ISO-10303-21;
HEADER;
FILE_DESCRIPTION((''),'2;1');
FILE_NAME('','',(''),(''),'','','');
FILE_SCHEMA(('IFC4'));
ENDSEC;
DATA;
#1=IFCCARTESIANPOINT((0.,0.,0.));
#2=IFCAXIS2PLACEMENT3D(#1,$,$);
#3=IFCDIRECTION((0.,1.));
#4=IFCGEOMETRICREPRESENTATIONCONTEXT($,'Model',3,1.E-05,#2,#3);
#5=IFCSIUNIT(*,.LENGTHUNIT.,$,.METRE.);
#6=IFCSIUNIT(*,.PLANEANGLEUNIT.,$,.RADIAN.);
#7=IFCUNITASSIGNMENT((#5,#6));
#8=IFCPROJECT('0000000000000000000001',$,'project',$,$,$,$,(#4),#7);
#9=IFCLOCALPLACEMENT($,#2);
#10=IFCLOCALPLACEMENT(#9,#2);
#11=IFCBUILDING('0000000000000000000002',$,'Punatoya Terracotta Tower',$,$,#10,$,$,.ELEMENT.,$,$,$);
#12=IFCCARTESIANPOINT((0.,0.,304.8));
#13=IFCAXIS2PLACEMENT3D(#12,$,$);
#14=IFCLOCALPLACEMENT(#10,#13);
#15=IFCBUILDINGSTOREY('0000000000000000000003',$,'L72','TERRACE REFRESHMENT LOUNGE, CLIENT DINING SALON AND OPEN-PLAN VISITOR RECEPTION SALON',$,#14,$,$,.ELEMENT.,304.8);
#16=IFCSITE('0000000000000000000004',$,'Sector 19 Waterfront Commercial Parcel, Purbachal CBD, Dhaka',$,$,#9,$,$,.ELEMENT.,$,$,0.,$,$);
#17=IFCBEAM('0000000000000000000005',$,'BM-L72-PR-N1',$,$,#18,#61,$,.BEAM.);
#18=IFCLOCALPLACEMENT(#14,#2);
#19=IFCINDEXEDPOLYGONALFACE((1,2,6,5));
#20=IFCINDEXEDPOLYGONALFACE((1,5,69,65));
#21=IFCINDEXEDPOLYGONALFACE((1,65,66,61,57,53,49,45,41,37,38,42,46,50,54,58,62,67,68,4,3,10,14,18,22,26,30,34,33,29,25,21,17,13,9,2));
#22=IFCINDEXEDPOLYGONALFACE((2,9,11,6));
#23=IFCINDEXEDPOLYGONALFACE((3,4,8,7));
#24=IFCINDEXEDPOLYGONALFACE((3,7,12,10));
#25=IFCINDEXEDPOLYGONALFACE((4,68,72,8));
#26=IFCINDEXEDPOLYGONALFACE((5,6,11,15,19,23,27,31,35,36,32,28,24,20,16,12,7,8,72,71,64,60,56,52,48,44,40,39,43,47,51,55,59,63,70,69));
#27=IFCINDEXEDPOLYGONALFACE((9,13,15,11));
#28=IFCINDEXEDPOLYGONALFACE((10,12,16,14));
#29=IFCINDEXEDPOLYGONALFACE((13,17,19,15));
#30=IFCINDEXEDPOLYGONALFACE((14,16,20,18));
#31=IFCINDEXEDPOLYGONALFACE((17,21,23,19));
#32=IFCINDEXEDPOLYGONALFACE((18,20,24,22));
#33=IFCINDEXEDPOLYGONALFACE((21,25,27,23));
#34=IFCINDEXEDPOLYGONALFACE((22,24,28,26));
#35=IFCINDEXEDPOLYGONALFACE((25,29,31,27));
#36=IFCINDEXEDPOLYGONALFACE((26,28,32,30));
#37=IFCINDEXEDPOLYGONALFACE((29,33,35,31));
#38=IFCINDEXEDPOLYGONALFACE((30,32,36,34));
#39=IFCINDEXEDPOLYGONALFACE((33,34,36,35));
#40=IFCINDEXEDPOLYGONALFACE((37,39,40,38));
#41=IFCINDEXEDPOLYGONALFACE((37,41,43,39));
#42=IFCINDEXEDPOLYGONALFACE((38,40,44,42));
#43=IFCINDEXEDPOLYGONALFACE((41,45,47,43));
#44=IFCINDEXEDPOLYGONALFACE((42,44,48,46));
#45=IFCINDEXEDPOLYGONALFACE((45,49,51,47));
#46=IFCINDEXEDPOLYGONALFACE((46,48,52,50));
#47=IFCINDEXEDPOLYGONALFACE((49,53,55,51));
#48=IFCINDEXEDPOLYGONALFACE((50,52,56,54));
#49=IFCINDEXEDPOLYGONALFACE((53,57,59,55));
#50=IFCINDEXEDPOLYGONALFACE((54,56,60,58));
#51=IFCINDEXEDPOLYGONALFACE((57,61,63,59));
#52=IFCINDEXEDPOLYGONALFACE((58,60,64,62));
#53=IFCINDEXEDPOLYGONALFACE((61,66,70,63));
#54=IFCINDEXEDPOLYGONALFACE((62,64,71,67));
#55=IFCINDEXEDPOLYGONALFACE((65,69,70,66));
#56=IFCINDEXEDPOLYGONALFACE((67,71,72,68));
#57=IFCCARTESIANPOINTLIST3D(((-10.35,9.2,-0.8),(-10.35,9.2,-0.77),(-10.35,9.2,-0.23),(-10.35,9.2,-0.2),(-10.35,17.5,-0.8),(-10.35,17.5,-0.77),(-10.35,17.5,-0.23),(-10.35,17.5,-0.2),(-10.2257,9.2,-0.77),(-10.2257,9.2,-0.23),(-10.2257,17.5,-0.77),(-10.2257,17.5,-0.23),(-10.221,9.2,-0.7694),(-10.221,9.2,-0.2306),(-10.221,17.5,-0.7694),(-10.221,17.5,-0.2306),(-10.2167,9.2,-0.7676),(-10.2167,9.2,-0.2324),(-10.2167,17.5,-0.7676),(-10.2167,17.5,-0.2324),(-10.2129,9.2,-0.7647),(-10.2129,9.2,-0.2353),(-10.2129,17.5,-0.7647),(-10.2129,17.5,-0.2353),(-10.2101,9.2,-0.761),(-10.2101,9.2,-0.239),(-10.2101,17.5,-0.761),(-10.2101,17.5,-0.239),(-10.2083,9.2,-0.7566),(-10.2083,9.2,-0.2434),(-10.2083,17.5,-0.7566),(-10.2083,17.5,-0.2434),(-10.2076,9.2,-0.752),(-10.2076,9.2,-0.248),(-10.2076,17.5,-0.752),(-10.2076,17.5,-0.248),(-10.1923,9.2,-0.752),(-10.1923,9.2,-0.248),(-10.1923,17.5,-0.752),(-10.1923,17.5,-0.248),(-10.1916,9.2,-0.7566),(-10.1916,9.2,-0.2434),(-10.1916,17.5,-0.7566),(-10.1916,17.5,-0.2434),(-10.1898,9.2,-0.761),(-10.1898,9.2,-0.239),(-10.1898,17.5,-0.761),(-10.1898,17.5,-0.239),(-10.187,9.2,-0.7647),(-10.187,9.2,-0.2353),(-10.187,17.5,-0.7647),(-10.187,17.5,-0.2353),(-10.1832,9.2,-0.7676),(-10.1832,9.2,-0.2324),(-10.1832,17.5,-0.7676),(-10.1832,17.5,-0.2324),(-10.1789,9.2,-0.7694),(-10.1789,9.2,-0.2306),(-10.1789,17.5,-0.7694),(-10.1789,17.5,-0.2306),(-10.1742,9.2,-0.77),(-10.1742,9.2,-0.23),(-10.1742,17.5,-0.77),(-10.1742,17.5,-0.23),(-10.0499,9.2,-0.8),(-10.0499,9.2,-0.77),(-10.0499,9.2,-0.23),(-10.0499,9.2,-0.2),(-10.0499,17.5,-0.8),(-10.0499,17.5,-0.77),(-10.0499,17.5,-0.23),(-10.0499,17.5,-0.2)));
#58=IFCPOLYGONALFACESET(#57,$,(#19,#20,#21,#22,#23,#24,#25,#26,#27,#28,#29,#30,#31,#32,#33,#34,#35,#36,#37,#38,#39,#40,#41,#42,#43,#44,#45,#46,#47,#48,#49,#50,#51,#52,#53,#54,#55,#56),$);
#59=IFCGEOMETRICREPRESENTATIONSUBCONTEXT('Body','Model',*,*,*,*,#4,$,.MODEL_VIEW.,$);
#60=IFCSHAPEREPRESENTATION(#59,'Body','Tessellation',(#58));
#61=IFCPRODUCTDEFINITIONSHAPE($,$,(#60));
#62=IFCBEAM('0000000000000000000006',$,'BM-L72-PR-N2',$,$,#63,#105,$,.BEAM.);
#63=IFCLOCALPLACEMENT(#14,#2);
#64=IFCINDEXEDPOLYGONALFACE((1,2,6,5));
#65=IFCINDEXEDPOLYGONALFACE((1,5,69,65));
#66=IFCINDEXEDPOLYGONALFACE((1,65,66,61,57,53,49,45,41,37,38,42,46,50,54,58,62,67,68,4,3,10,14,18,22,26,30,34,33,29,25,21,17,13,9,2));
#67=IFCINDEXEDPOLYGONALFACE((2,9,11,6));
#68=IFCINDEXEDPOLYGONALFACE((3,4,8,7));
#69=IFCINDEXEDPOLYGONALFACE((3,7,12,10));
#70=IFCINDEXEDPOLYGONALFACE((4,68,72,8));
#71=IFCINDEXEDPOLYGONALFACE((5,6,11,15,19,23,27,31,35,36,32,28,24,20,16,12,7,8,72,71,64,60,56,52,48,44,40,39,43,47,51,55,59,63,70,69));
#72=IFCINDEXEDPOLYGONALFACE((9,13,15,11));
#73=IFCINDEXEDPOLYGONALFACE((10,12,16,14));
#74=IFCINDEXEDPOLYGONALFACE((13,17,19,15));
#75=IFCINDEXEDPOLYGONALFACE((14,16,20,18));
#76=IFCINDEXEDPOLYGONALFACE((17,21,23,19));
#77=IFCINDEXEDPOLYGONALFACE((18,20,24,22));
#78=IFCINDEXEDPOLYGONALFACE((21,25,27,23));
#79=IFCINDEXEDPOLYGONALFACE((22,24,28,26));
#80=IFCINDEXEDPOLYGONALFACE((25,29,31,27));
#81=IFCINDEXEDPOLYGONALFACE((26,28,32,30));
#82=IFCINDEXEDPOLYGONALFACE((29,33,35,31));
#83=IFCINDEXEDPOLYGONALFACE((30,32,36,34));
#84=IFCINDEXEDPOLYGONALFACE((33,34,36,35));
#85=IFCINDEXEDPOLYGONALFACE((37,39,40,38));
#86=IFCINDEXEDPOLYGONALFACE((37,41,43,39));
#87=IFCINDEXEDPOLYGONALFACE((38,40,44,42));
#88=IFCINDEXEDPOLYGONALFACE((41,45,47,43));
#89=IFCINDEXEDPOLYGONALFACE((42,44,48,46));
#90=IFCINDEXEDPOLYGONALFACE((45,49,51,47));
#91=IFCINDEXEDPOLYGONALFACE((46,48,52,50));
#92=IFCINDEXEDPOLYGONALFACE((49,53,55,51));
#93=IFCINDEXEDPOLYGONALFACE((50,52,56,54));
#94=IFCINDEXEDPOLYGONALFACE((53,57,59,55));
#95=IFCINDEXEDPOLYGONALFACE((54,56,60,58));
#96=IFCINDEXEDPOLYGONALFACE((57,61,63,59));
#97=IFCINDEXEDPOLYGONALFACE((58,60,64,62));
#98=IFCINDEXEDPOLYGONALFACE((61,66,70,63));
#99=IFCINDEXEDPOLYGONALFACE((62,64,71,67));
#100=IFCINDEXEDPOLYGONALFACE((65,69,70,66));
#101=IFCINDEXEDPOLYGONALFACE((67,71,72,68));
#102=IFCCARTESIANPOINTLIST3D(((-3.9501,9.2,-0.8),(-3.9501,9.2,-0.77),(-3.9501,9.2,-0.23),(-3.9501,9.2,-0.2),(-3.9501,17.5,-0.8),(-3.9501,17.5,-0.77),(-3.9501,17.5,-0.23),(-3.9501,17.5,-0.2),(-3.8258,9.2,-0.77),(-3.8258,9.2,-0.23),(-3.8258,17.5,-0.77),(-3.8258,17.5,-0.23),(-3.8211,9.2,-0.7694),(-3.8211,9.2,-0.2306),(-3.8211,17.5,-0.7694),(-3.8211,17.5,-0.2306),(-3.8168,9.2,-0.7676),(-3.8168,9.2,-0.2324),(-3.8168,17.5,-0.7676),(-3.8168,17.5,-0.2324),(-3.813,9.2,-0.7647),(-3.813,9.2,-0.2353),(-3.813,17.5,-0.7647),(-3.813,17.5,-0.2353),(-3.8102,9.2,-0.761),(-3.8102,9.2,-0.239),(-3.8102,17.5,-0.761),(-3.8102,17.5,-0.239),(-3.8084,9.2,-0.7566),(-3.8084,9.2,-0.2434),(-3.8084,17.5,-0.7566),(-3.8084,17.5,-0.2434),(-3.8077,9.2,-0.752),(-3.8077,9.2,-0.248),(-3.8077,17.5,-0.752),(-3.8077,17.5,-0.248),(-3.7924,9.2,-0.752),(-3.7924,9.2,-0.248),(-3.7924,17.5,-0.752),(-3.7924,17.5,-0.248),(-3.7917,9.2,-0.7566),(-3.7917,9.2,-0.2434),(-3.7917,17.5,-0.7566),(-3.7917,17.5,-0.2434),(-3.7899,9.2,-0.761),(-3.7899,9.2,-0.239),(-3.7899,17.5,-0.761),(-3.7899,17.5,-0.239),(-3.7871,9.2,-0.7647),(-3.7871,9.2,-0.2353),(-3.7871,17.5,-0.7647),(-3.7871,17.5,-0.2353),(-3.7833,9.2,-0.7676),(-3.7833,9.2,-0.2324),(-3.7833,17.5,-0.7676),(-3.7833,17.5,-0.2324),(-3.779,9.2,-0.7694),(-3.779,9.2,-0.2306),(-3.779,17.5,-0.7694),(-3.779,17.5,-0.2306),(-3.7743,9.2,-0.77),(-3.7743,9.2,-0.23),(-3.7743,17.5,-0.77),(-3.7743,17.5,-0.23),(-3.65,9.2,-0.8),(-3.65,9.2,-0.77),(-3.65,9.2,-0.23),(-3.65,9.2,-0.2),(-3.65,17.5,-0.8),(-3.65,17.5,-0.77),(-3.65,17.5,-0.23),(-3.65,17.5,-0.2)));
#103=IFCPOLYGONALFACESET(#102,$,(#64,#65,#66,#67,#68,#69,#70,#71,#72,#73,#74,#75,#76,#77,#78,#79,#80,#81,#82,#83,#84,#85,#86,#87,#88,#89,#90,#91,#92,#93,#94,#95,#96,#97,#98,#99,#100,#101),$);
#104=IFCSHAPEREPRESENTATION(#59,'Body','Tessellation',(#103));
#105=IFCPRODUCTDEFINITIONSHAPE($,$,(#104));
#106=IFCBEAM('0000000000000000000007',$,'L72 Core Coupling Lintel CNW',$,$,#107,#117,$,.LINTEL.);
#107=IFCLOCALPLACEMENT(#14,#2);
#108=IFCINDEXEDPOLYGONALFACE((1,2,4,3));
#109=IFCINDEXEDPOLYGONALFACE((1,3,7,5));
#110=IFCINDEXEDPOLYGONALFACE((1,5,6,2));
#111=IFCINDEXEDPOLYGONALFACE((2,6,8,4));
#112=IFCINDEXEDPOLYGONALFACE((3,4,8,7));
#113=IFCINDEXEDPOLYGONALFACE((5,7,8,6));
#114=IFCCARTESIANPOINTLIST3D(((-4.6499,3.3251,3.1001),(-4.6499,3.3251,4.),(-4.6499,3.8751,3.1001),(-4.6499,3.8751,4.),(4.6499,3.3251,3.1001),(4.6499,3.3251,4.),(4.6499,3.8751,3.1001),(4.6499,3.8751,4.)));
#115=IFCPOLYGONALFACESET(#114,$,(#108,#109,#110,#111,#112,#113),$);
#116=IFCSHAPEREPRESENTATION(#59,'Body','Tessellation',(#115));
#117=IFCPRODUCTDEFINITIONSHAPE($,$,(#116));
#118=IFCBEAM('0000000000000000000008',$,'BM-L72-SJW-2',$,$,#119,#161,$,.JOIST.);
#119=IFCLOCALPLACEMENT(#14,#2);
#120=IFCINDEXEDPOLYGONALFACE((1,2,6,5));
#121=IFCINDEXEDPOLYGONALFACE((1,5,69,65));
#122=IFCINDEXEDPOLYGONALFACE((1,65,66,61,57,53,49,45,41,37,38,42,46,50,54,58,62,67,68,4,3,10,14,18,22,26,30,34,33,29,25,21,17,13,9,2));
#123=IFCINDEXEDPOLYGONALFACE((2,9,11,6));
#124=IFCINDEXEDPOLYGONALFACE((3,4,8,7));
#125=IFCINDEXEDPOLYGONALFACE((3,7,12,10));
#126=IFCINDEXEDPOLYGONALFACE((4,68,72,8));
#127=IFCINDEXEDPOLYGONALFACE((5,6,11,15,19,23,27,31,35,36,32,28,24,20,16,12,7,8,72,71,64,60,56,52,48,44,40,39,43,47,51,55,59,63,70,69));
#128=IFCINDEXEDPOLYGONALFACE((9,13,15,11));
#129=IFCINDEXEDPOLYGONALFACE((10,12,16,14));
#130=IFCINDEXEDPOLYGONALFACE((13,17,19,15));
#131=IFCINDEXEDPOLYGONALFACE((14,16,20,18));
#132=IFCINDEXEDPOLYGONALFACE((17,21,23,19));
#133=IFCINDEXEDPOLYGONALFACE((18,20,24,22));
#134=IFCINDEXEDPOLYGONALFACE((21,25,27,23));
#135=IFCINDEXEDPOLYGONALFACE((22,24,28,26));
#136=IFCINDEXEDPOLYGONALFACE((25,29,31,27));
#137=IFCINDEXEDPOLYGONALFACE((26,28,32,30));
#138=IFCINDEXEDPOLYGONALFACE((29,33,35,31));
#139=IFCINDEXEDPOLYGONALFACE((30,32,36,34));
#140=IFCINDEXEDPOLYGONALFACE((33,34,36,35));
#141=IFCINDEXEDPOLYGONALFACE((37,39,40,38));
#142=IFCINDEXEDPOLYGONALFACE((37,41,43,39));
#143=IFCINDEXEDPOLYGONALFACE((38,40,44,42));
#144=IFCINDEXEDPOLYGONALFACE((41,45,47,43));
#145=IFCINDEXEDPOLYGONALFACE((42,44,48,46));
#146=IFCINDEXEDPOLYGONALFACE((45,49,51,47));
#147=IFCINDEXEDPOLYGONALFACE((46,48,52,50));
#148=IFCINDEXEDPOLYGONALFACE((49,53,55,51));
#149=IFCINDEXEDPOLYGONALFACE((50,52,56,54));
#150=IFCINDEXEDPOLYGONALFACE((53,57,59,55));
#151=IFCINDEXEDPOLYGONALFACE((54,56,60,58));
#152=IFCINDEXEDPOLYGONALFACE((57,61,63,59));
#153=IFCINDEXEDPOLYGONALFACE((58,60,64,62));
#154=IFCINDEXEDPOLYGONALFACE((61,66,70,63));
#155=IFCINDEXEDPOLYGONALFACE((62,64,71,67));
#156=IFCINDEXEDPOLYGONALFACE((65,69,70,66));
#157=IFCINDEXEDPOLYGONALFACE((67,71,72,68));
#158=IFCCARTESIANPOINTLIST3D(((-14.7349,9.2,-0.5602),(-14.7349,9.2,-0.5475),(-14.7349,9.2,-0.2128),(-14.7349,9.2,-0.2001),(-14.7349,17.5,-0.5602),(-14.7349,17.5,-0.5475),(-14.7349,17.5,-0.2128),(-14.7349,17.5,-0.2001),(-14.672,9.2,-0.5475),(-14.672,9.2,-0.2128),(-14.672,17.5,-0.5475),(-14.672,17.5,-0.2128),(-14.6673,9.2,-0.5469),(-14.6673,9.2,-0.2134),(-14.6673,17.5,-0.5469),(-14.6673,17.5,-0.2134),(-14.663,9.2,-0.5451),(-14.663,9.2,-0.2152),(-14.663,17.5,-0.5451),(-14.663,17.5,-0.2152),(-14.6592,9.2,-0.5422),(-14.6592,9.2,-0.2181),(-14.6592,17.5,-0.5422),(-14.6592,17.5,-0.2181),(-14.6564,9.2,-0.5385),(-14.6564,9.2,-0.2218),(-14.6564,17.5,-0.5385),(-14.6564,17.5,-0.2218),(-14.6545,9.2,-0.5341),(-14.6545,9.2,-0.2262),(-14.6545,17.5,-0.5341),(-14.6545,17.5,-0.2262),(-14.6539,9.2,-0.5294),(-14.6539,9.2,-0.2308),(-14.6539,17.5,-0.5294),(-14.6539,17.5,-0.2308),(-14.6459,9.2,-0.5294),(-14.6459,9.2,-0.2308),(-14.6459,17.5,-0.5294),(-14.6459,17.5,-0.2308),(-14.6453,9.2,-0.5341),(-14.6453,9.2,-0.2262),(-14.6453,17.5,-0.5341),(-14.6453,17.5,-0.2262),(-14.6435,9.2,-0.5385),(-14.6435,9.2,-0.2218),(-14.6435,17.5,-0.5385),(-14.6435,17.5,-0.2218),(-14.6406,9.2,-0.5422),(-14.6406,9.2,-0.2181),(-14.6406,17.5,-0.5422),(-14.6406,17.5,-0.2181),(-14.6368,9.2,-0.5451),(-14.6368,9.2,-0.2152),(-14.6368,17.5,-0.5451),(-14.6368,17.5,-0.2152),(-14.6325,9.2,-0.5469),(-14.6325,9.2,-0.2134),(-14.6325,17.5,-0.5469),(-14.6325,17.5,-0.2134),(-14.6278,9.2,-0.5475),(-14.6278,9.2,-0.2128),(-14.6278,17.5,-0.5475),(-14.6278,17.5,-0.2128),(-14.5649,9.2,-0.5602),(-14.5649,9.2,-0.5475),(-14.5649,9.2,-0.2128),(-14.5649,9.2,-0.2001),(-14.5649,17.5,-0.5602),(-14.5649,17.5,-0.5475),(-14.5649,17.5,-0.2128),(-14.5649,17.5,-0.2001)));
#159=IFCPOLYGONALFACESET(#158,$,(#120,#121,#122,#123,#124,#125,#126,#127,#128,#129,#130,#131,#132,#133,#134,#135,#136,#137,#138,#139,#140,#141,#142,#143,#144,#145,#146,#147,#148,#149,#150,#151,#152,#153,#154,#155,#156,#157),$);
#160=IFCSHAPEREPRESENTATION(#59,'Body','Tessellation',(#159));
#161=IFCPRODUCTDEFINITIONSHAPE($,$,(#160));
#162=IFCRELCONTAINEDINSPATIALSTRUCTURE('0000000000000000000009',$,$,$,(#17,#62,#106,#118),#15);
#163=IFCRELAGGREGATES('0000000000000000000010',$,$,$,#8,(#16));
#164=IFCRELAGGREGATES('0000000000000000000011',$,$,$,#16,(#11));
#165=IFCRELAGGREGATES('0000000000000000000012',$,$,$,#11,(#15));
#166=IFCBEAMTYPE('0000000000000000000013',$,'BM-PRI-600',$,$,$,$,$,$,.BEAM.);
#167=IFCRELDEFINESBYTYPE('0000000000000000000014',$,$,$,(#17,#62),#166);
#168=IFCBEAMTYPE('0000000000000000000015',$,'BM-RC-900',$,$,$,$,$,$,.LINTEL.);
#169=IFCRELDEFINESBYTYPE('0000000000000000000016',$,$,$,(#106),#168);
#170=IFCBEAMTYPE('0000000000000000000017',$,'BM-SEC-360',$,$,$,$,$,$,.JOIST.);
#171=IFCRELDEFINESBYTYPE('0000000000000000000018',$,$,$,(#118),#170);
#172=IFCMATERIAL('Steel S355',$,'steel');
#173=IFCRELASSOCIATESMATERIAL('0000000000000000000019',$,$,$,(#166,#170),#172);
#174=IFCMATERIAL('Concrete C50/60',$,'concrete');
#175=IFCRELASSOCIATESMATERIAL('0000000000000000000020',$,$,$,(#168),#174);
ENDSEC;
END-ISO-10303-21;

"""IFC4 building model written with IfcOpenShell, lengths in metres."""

from ifc_helpers import new_model, si_unit, direction, frame, origin, origin_2d, place, context, subcontext, project, spatial, rectangle, i_section, extrude, material, material_profile, profile_set, type_object, element, save


model = new_model("IFC4")

# Units and contexts
model_context = context("Model", 3, precision=1e-05, world=origin(), true_north=direction((0.0, 1.0)))
body_context = subcontext(model_context, "Body", "Model", "MODEL_VIEW")
ifc_project = project(units=[si_unit("LENGTHUNIT", "METRE"), si_unit("PLANEANGLEUNIT", "RADIAN")], contexts=[model_context])

# Site, building, storey
site_placement = place(None, origin())
site = spatial("IfcSite", under=ifc_project, at=site_placement, Name="Sector 19 Waterfront Commercial Parcel, Purbachal CBD, Dhaka", CompositionType="ELEMENT", RefElevation=0.0)
building_placement = place(site_placement, origin())
building = spatial("IfcBuilding", under=site, at=building_placement, Name="Punatoya Terracotta Tower", CompositionType="ELEMENT")
storey_placement = place(building_placement, frame((0.0, 0.0, 304.8)))
storey = spatial("IfcBuildingStorey", under=building, at=storey_placement, Name="L72", Description="TERRACE REFRESHMENT LOUNGE, CLIENT DINING SALON AND OPEN-PLAN VISITOR RECEPTION SALON", CompositionType="ELEMENT", Elevation=304.8)

# Beams
ifc_material_1 = material(Name="Steel S355", Category="steel")
ifc_material_profile_1 = material_profile(ifc_material_1, i_section(OverallWidth=0.3, OverallDepth=0.6001, WebThickness=0.0154, FlangeThickness=0.03, FilletRadius=0.0181, at=origin_2d()))
ifc_profile_set_1 = profile_set([ifc_material_profile_1], Name="Steel S355")
beam_type_1 = type_object("IfcBeamType", Name="BM-PRI-600", PredefinedType="BEAM", material=ifc_profile_set_1)
for number, where, z_axis, x_axis, name in (
    (1, (-10.2, 9.2, -0.5), (0.0, 1.0, 0.0), (-1.0, 0.0, 0.0), "BM-L72-PR-N1"),
    (2, (-3.8, 9.2, -0.5), (0.0, 1.0, 0.0), (-1.0, 0.0, 0.0), "BM-L72-PR-N2"),
):
    element("IfcBeam", number, at=place(storey_placement, frame(where, z_axis=z_axis, x_axis=x_axis)), inside=storey, type_object=beam_type_1, Name=name, PredefinedType="BEAM", context=body_context, shape_type="SweptSolid", body=[
        extrude(i_section(OverallWidth=0.3, OverallDepth=0.6001, WebThickness=0.0154, FlangeThickness=0.03, FilletRadius=0.0181, at=origin_2d()), origin(), (0.0, 0.0, 1.0), 8.3),
    ])
ifc_material_2 = material(Name="Concrete C50/60", Category="concrete")
ifc_material_profile_2 = material_profile(ifc_material_2, rectangle(XDim=0.55, YDim=0.8999, at=origin_2d()))
ifc_profile_set_2 = profile_set([ifc_material_profile_2], Name="Concrete C50/60")
beam_type_2 = type_object("IfcBeamType", Name="BM-RC-900", PredefinedType="LINTEL", material=ifc_profile_set_2)
beam_1_placement = place(storey_placement, frame((-4.6499, 3.6001, 3.55), z_axis=(1.0, 0.0, 0.0), x_axis=(0.0, 1.0, 0.0)))
element("IfcBeam", 3, at=beam_1_placement, inside=storey, type_object=beam_type_2, Name="L72 Core Coupling Lintel CNW", PredefinedType="LINTEL", context=body_context, shape_type="SweptSolid", body=[
    extrude(rectangle(XDim=0.55, YDim=0.8999, at=origin_2d()), origin(), (0.0, 0.0, 1.0), 9.2998),
])
ifc_material_profile_3 = material_profile(ifc_material_1, i_section(OverallWidth=0.1699, OverallDepth=0.3601, WebThickness=0.0081, FlangeThickness=0.0127, FilletRadius=0.0181, at=origin_2d()))
ifc_profile_set_3 = profile_set([ifc_material_profile_3], Name="Steel S355")
beam_type_3 = type_object("IfcBeamType", Name="BM-SEC-360", PredefinedType="JOIST", material=ifc_profile_set_3)
beam_2_placement = place(storey_placement, frame((-14.6499, 9.2, -0.3801), z_axis=(0.0, 1.0, 0.0), x_axis=(-1.0, 0.0, 0.0)))
element("IfcBeam", 4, at=beam_2_placement, inside=storey, type_object=beam_type_3, Name="BM-L72-SJW-2", PredefinedType="JOIST", context=body_context, shape_type="SweptSolid", body=[
    extrude(i_section(OverallWidth=0.1699, OverallDepth=0.3601, WebThickness=0.0081, FlangeThickness=0.0127, FilletRadius=0.0181, at=origin_2d()), origin(), (0.0, 0.0, 1.0), 8.3),
])

save(model, "model.ifc")
